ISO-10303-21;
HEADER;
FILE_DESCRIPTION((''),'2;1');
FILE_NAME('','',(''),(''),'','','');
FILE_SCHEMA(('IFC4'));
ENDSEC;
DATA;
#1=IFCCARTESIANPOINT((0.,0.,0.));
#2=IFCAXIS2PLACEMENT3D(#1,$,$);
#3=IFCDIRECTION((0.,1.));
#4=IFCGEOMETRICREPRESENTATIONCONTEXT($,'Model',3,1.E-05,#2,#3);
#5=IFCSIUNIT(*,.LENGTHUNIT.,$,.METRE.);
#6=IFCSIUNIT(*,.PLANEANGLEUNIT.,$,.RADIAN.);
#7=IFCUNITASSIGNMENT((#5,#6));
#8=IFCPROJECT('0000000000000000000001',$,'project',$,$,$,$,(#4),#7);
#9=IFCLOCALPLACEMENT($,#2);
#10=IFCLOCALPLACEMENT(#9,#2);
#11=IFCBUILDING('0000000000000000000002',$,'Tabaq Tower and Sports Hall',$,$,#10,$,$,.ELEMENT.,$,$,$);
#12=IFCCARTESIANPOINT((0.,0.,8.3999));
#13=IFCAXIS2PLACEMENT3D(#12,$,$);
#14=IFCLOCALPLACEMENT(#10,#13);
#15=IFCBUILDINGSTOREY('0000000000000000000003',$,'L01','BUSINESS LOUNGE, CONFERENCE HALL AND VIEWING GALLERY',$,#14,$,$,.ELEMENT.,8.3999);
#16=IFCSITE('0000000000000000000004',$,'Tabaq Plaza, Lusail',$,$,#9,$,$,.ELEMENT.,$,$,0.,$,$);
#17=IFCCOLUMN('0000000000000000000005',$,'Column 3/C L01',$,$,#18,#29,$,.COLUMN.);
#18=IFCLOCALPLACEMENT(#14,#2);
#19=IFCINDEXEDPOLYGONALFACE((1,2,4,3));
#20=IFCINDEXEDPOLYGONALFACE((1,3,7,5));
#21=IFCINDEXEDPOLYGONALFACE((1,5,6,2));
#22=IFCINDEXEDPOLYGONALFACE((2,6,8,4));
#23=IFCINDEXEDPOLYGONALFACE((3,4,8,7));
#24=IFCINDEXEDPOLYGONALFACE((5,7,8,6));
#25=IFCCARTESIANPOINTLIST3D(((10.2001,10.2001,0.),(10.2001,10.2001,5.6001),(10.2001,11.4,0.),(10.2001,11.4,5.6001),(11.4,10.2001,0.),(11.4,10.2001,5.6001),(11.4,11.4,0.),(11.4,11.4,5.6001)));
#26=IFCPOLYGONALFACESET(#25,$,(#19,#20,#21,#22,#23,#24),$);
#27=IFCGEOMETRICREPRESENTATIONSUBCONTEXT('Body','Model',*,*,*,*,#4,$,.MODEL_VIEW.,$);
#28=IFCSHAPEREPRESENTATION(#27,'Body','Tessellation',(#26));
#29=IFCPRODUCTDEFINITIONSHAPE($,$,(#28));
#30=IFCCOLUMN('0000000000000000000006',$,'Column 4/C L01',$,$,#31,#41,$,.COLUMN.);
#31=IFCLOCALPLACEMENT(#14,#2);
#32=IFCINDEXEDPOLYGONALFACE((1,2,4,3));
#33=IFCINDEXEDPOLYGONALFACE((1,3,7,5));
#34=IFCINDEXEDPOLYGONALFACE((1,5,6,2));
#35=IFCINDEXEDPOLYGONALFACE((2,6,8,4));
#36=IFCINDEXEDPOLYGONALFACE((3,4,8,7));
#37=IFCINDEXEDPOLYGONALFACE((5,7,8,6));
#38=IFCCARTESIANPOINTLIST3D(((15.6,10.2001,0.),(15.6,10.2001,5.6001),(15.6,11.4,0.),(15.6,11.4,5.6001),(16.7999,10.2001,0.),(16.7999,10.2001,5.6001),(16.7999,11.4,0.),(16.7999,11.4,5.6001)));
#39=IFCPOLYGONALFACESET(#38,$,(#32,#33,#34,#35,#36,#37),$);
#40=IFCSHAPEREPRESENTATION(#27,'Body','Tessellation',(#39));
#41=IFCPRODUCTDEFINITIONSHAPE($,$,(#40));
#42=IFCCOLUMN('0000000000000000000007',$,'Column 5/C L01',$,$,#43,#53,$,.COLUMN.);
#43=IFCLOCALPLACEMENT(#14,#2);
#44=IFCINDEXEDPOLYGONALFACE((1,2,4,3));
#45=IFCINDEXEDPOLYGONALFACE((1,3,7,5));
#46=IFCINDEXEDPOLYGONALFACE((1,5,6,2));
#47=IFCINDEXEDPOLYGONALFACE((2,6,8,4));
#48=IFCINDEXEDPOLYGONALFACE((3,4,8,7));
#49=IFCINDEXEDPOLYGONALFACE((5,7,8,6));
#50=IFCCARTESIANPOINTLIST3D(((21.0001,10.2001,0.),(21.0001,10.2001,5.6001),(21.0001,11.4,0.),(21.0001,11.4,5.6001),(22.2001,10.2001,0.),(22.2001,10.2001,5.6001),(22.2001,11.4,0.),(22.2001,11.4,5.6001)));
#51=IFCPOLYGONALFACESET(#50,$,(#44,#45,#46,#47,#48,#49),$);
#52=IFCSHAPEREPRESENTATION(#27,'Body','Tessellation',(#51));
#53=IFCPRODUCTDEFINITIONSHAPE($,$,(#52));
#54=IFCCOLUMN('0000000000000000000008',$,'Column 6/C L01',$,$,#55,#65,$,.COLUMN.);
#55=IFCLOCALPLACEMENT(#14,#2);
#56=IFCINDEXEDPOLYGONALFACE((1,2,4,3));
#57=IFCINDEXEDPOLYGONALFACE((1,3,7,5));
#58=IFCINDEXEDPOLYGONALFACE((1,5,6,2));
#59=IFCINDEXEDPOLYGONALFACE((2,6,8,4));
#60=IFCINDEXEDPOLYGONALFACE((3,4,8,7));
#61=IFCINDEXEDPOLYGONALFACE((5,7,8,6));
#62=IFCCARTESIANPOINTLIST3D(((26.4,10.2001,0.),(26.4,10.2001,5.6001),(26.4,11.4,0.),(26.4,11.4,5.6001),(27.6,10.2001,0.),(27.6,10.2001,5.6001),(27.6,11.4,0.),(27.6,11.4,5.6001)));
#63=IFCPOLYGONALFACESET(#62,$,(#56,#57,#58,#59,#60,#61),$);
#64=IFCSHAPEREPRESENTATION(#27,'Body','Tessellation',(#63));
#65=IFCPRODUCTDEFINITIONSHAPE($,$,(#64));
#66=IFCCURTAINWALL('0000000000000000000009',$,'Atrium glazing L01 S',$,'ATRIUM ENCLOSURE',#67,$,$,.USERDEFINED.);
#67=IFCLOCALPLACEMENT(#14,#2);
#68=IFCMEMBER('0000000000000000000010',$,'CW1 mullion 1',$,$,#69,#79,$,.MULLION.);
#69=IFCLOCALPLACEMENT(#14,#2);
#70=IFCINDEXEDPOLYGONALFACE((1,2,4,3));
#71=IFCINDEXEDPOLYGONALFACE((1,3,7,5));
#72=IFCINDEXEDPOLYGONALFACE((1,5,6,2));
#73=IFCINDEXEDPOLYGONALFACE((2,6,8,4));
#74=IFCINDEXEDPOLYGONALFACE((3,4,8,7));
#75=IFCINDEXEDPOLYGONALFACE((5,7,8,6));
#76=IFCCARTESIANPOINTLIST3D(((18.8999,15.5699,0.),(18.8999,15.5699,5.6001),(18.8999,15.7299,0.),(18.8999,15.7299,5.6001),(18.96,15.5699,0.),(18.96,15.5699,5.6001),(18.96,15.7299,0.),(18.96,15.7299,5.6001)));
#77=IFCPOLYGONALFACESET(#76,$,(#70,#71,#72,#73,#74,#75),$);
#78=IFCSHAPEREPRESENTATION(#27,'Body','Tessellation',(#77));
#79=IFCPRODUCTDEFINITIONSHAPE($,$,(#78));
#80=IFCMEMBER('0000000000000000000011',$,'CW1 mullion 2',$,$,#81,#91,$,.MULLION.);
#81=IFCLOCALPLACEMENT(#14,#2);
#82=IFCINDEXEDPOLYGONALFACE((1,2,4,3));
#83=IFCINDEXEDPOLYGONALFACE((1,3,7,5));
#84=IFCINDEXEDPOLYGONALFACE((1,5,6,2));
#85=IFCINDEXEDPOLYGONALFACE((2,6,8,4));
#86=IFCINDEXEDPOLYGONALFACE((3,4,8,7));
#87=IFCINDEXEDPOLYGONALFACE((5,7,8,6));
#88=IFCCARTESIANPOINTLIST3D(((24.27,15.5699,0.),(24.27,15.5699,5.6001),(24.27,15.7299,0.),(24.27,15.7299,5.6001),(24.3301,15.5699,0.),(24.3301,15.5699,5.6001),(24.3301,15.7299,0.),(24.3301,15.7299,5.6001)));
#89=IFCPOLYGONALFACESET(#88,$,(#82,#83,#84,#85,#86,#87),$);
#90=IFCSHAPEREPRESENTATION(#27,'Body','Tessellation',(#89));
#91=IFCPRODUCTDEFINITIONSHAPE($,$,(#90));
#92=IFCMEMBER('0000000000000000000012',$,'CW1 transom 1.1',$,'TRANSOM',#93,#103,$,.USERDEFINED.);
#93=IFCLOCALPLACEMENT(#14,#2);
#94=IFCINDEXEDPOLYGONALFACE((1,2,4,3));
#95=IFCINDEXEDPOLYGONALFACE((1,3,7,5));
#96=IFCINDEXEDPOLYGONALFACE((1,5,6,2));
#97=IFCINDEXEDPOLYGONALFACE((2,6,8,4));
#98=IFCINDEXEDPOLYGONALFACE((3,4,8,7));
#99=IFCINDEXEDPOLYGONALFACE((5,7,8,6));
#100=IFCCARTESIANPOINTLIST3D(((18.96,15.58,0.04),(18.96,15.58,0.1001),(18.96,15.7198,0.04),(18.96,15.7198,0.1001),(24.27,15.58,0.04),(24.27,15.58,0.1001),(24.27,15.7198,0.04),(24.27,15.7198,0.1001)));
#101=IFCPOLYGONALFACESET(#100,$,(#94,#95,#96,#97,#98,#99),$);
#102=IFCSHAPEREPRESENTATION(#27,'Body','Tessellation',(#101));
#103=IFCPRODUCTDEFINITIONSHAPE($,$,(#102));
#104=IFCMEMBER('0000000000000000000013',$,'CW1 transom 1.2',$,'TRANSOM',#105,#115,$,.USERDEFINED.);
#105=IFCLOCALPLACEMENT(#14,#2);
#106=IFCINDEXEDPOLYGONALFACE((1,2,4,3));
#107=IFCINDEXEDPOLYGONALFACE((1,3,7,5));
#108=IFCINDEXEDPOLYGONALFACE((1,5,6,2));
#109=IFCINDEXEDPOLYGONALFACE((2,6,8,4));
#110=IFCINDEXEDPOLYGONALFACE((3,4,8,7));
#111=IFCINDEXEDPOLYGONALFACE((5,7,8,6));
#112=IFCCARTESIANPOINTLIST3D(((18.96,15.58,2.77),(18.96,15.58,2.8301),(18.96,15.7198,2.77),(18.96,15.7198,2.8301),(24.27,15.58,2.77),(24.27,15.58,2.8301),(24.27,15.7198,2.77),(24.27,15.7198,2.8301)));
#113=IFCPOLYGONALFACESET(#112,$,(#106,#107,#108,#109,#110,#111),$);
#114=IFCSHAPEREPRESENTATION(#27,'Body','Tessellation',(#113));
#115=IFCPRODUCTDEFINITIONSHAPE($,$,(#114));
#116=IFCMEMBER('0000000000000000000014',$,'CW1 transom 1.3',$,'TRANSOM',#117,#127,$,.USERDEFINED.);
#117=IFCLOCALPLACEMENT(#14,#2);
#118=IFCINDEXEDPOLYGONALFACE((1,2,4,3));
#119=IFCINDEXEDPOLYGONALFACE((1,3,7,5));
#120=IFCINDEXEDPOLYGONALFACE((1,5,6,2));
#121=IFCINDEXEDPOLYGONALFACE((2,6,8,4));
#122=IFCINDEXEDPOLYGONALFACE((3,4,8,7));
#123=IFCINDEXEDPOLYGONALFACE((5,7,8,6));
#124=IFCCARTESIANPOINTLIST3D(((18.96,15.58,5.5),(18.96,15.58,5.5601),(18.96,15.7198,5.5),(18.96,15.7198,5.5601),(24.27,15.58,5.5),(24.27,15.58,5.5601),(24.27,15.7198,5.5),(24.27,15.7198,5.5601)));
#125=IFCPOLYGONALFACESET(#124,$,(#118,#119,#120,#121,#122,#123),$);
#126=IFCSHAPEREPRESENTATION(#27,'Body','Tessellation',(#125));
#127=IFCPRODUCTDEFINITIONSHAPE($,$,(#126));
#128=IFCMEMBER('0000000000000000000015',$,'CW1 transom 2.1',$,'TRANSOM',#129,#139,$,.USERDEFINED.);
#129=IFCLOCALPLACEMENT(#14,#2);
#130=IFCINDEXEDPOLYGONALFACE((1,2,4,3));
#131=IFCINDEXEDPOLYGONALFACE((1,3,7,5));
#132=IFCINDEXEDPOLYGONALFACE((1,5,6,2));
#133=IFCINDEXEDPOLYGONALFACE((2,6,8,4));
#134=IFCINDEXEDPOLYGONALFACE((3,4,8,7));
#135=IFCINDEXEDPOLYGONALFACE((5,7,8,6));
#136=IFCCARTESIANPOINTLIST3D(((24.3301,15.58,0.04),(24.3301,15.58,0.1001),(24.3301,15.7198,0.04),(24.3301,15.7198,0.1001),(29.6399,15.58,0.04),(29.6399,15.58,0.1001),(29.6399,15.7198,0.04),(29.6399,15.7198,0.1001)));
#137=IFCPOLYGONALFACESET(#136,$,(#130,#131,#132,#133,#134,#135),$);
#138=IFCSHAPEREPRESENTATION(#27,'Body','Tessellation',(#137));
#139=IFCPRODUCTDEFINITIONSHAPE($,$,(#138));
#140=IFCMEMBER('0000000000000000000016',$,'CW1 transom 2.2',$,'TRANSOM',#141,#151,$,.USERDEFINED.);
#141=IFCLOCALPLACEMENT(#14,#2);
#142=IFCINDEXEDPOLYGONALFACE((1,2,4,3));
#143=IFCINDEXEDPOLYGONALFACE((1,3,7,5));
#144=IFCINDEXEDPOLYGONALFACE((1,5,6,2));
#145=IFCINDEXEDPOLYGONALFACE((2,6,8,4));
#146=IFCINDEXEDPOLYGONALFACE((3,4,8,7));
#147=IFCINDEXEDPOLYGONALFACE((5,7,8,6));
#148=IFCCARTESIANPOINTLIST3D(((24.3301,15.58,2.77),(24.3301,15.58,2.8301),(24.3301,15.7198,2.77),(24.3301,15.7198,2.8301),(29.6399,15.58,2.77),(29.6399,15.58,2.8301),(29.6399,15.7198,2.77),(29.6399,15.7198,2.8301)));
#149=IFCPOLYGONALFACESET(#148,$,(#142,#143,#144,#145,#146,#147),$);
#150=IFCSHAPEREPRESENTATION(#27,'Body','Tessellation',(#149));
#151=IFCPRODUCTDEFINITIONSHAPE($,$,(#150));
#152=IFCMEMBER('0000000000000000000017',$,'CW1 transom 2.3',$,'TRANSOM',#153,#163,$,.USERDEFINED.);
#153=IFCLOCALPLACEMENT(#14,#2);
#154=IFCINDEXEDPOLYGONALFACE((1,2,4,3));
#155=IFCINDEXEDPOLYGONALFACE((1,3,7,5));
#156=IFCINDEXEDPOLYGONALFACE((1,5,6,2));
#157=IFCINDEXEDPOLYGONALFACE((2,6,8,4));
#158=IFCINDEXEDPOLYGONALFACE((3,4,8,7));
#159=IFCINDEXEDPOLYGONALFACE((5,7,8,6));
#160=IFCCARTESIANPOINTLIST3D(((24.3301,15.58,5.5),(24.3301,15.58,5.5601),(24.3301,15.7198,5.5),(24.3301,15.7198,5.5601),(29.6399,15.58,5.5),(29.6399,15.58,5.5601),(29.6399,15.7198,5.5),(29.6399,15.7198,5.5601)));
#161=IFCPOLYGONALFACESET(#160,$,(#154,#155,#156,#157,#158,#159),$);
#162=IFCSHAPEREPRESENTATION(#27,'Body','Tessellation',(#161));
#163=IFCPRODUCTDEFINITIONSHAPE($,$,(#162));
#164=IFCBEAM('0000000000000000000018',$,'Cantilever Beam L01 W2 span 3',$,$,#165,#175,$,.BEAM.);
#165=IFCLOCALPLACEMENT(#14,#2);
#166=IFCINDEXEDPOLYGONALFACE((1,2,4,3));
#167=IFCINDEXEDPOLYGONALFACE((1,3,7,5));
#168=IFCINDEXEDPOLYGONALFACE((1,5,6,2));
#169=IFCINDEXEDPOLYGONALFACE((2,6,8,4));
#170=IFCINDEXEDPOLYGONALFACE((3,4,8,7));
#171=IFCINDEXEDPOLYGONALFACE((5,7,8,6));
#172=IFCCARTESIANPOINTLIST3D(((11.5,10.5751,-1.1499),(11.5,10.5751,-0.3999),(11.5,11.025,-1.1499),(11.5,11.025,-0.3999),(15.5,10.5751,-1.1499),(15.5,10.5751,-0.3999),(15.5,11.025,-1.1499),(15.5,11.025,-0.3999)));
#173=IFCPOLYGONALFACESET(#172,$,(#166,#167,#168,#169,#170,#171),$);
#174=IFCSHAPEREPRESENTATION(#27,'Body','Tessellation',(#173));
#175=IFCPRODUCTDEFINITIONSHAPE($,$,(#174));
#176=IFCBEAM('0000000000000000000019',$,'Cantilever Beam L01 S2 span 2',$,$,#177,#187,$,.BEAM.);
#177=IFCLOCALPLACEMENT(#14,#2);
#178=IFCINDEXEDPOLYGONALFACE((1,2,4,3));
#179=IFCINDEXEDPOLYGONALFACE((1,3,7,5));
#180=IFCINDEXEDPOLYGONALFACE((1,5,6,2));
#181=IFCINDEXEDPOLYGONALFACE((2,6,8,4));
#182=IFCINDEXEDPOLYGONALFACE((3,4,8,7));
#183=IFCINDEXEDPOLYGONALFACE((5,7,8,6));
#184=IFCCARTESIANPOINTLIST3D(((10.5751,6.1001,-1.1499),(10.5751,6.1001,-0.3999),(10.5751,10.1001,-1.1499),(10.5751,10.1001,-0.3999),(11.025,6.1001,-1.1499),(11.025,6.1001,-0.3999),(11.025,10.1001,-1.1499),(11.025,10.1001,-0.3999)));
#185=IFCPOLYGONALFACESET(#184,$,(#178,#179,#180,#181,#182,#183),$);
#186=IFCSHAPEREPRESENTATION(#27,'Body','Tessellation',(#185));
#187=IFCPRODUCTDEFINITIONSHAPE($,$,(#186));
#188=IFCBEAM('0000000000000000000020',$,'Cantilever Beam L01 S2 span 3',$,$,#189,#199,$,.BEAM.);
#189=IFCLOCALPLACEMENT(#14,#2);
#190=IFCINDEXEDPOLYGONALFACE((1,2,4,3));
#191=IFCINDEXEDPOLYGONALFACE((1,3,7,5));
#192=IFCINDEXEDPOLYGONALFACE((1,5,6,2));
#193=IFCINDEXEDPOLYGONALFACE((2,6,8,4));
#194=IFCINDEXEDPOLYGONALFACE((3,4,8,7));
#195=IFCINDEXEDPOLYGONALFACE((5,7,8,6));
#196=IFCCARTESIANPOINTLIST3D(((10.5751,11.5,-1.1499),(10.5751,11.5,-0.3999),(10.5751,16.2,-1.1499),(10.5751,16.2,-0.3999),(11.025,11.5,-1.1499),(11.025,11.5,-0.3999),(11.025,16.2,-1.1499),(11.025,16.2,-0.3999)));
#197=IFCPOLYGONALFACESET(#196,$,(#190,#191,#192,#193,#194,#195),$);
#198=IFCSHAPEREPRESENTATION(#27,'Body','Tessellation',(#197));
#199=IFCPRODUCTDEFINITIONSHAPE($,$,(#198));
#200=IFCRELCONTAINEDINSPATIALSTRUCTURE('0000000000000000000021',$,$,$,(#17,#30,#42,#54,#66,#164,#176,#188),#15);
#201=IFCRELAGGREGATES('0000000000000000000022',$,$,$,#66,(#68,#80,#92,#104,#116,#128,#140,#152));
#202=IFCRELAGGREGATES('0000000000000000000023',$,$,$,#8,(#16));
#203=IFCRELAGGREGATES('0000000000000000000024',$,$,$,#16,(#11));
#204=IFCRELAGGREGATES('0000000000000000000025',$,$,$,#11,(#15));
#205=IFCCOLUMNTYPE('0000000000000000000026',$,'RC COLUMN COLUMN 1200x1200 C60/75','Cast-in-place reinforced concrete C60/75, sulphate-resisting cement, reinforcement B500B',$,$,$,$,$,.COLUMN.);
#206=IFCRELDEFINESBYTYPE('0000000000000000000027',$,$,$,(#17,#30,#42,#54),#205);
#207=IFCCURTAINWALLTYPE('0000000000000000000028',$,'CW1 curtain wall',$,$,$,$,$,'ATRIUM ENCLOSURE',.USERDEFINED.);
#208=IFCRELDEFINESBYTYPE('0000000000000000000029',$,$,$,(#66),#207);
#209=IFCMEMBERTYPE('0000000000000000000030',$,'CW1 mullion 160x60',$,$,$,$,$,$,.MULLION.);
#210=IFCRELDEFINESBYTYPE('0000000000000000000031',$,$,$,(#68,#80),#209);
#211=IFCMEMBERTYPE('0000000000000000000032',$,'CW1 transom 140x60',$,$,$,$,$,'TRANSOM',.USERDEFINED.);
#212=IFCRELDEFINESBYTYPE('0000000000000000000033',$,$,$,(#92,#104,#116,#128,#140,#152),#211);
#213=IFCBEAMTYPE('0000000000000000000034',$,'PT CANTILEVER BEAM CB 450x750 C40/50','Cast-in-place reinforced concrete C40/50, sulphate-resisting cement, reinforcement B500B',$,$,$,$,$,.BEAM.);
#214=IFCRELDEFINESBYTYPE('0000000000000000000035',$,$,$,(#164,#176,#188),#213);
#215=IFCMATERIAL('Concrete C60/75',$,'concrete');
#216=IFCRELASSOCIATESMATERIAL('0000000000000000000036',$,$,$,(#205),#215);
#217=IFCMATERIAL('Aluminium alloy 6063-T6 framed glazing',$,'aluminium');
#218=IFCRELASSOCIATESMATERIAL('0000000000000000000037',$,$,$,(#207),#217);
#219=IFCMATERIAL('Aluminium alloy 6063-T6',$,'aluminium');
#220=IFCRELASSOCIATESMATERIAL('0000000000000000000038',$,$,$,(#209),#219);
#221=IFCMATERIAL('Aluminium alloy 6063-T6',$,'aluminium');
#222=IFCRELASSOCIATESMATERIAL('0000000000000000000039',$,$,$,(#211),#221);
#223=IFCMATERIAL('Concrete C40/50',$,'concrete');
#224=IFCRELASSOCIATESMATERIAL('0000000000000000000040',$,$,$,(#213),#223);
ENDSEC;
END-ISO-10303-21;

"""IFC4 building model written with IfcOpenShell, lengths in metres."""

from ifc_helpers import new_model, si_unit, direction, frame, origin, origin_2d, place, context, subcontext, project, spatial, rectangle, extrude, material, material_profile, profile_set, type_object, element, aggregate, save


model = new_model("IFC4")

# Units and contexts
model_context = context("Model", 3, precision=1e-05, world=origin(), true_north=direction((0.0, 1.0)))
body_context = subcontext(model_context, "Body", "Model", "MODEL_VIEW")
ifc_project = project(units=[si_unit("LENGTHUNIT", "METRE"), si_unit("PLANEANGLEUNIT", "RADIAN")], contexts=[model_context])

# Site, building, storey
site_placement = place(None, origin())
site = spatial("IfcSite", under=ifc_project, at=site_placement, Name="Tabaq Plaza, Lusail", CompositionType="ELEMENT", RefElevation=0.0)
building_placement = place(site_placement, origin())
building = spatial("IfcBuilding", under=site, at=building_placement, Name="Tabaq Tower and Sports Hall", CompositionType="ELEMENT")
storey_placement = place(building_placement, frame((0.0, 0.0, 8.3999)))
storey = spatial("IfcBuildingStorey", under=building, at=storey_placement, Name="L01", Description="BUSINESS LOUNGE, CONFERENCE HALL AND VIEWING GALLERY", CompositionType="ELEMENT", Elevation=8.3999)

# Columns
ifc_material_1 = material(Name="Concrete C60/75", Category="concrete")
ifc_material_profile_1 = material_profile(ifc_material_1, rectangle(XDim=1.2, YDim=1.2, at=origin_2d()), Name="COLUMN 1200x1200")
ifc_profile_set_1 = profile_set([ifc_material_profile_1], Name="Concrete C60/75")
column_type = type_object("IfcColumnType", Name="RC COLUMN COLUMN 1200x1200 C60/75", Description="Cast-in-place reinforced concrete C60/75, sulphate-resisting cement, reinforcement B500B", PredefinedType="COLUMN", material=ifc_profile_set_1)
for number, where, z_axis, x_axis, name in (
    (1, (10.8, 10.8, 0.0), (0.0, 0.0, 1.0), (1.0, 0.0, 0.0), "Column 3/C L01"),
    (2, (16.2, 10.8, 0.0), (0.0, 0.0, 1.0), (1.0, 0.0, 0.0), "Column 4/C L01"),
    (3, (21.6001, 10.8, 0.0), (0.0, 0.0, 1.0), (1.0, 0.0, 0.0), "Column 5/C L01"),
    (4, (27.0, 10.8, 0.0), (0.0, 0.0, 1.0), (1.0, 0.0, 0.0), "Column 6/C L01"),
):
    element("IfcColumn", number, at=place(storey_placement, frame(where, z_axis=z_axis, x_axis=x_axis)), inside=storey, type_object=column_type, Name=name, PredefinedType="COLUMN", context=body_context, shape_type="SweptSolid", body=[
        extrude(rectangle(XDim=1.2, YDim=1.2, at=origin_2d()), origin(), (0.0, 0.0, 1.0), 5.6001),
    ])

# Curtain wall, members
ifc_material_2 = material(Name="Aluminium alloy 6063-T6 framed glazing", Category="aluminium")
curtain_wall_type = type_object("IfcCurtainWallType", Name="CW1 curtain wall", ElementType="ATRIUM ENCLOSURE", PredefinedType="USERDEFINED", material=ifc_material_2)
curtain_wall_placement = place(storey_placement, origin())
curtain_wall = element("IfcCurtainWall", 5, at=curtain_wall_placement, inside=storey, type_object=curtain_wall_type, Name="Atrium glazing L01 S", ObjectType="ATRIUM ENCLOSURE", PredefinedType="USERDEFINED")
ifc_material_3 = material(Name="Aluminium alloy 6063-T6", Category="aluminium")
ifc_material_profile_2 = material_profile(ifc_material_3, rectangle(XDim=0.1599, YDim=0.0601, at=origin_2d()), Name="MULLION 160x60")
ifc_profile_set_2 = profile_set([ifc_material_profile_2], Name="Aluminium alloy 6063-T6")
member_type_1 = type_object("IfcMemberType", Name="CW1 mullion 160x60", PredefinedType="MULLION", material=ifc_profile_set_2)
member_1_placement = place(storey_placement, frame((18.9299, 15.6499, 0.0), z_axis=(0.0, 0.0, 1.0), x_axis=(0.0, 1.0, 0.0)))
member_1 = element("IfcMember", 6, at=member_1_placement, type_object=member_type_1, Name="CW1 mullion 1", PredefinedType="MULLION", context=body_context, shape_type="SweptSolid", body=[
    extrude(rectangle(XDim=0.1599, YDim=0.0601, at=origin_2d()), origin(), (0.0, 0.0, 1.0), 5.6001),
])
member_2_placement = place(storey_placement, frame((24.3, 15.6499, 0.0), z_axis=(0.0, 0.0, 1.0), x_axis=(0.0, 1.0, 0.0)))
member_2 = element("IfcMember", 7, at=member_2_placement, type_object=member_type_1, Name="CW1 mullion 2", PredefinedType="MULLION", context=body_context, shape_type="SweptSolid", body=[
    extrude(rectangle(XDim=0.1599, YDim=0.0601, at=origin_2d()), origin(), (0.0, 0.0, 1.0), 5.6001),
])
ifc_material_4 = material(Name="Aluminium alloy 6063-T6", Category="aluminium")
ifc_material_profile_3 = material_profile(ifc_material_4, rectangle(XDim=0.1399, YDim=0.0601, at=origin_2d()), Name="TRANSOM 140x60")
ifc_profile_set_3 = profile_set([ifc_material_profile_3], Name="Aluminium alloy 6063-T6")
member_type_2 = type_object("IfcMemberType", Name="CW1 transom 140x60", ElementType="TRANSOM", PredefinedType="USERDEFINED", material=ifc_profile_set_3)
member_3_placement = place(storey_placement, frame((18.96, 15.6499, 0.0701), z_axis=(1.0, 0.0, 0.0), x_axis=(0.0, 1.0, 0.0)))
member_3 = element("IfcMember", 8, at=member_3_placement, type_object=member_type_2, Name="CW1 transom 1.1", ObjectType="TRANSOM", PredefinedType="USERDEFINED", context=body_context, shape_type="SweptSolid", body=[
    extrude(rectangle(XDim=0.1399, YDim=0.0601, at=origin_2d()), origin(), (0.0, 0.0, 1.0), 5.3101),
])
member_4_placement = place(storey_placement, frame((18.96, 15.6499, 2.8), z_axis=(1.0, 0.0, 0.0), x_axis=(0.0, 1.0, 0.0)))
member_4 = element("IfcMember", 9, at=member_4_placement, type_object=member_type_2, Name="CW1 transom 1.2", ObjectType="TRANSOM", PredefinedType="USERDEFINED", context=body_context, shape_type="SweptSolid", body=[
    extrude(rectangle(XDim=0.1399, YDim=0.0601, at=origin_2d()), origin(), (0.0, 0.0, 1.0), 5.3101),
])
member_5_placement = place(storey_placement, frame((18.96, 15.6499, 5.53), z_axis=(1.0, 0.0, 0.0), x_axis=(0.0, 1.0, 0.0)))
member_5 = element("IfcMember", 10, at=member_5_placement, type_object=member_type_2, Name="CW1 transom 1.3", ObjectType="TRANSOM", PredefinedType="USERDEFINED", context=body_context, shape_type="SweptSolid", body=[
    extrude(rectangle(XDim=0.1399, YDim=0.0601, at=origin_2d()), origin(), (0.0, 0.0, 1.0), 5.3101),
])
member_6_placement = place(storey_placement, frame((24.3301, 15.6499, 0.0701), z_axis=(1.0, 0.0, 0.0), x_axis=(0.0, 1.0, 0.0)))
member_6 = element("IfcMember", 11, at=member_6_placement, type_object=member_type_2, Name="CW1 transom 2.1", ObjectType="TRANSOM", PredefinedType="USERDEFINED", context=body_context, shape_type="SweptSolid", body=[
    extrude(rectangle(XDim=0.1399, YDim=0.0601, at=origin_2d()), origin(), (0.0, 0.0, 1.0), 5.3098),
])
member_7_placement = place(storey_placement, frame((24.3301, 15.6499, 2.8), z_axis=(1.0, 0.0, 0.0), x_axis=(0.0, 1.0, 0.0)))
member_7 = element("IfcMember", 12, at=member_7_placement, type_object=member_type_2, Name="CW1 transom 2.2", ObjectType="TRANSOM", PredefinedType="USERDEFINED", context=body_context, shape_type="SweptSolid", body=[
    extrude(rectangle(XDim=0.1399, YDim=0.0601, at=origin_2d()), origin(), (0.0, 0.0, 1.0), 5.3098),
])
member_8_placement = place(storey_placement, frame((24.3301, 15.6499, 5.53), z_axis=(1.0, 0.0, 0.0), x_axis=(0.0, 1.0, 0.0)))
member_8 = element("IfcMember", 13, at=member_8_placement, type_object=member_type_2, Name="CW1 transom 2.3", ObjectType="TRANSOM", PredefinedType="USERDEFINED", context=body_context, shape_type="SweptSolid", body=[
    extrude(rectangle(XDim=0.1399, YDim=0.0601, at=origin_2d()), origin(), (0.0, 0.0, 1.0), 5.3098),
])

# Beams
ifc_material_5 = material(Name="Concrete C40/50", Category="concrete")
ifc_material_profile_4 = material_profile(ifc_material_5, rectangle(XDim=0.45, YDim=0.75, at=origin_2d()), Name="CB 450x750")
ifc_profile_set_4 = profile_set([ifc_material_profile_4], Name="Concrete C40/50")
beam_type = type_object("IfcBeamType", Name="PT CANTILEVER BEAM CB 450x750 C40/50", Description="Cast-in-place reinforced concrete C40/50, sulphate-resisting cement, reinforcement B500B", PredefinedType="BEAM", material=ifc_profile_set_4)
for number, where, z_axis, x_axis, name in (
    (14, (11.5, 10.8, -0.7749), (1.0, 0.0, 0.0), (0.0, 1.0, 0.0), "Cantilever Beam L01 W2 span 3"),
    (15, (10.8, 6.1001, -0.7749), (0.0, 1.0, 0.0), (-1.0, 0.0, 0.0), "Cantilever Beam L01 S2 span 2"),
):
    element("IfcBeam", number, at=place(storey_placement, frame(where, z_axis=z_axis, x_axis=x_axis)), inside=storey, type_object=beam_type, Name=name, PredefinedType="BEAM", context=body_context, shape_type="SweptSolid", body=[
        extrude(rectangle(XDim=0.45, YDim=0.75, at=origin_2d()), origin(), (0.0, 0.0, 1.0), 4.0),
    ])
beam_1_placement = place(storey_placement, frame((10.8, 11.5, -0.7749), z_axis=(0.0, 1.0, 0.0), x_axis=(-1.0, 0.0, 0.0)))
element("IfcBeam", 16, at=beam_1_placement, inside=storey, type_object=beam_type, Name="Cantilever Beam L01 S2 span 3", PredefinedType="BEAM", context=body_context, shape_type="SweptSolid", body=[
    extrude(rectangle(XDim=0.45, YDim=0.75, at=origin_2d()), origin(), (0.0, 0.0, 1.0), 4.7),
])

aggregate(curtain_wall, [member_1, member_2, member_3, member_4, member_5, member_6, member_7, member_8])

save(model, "model.ifc")
